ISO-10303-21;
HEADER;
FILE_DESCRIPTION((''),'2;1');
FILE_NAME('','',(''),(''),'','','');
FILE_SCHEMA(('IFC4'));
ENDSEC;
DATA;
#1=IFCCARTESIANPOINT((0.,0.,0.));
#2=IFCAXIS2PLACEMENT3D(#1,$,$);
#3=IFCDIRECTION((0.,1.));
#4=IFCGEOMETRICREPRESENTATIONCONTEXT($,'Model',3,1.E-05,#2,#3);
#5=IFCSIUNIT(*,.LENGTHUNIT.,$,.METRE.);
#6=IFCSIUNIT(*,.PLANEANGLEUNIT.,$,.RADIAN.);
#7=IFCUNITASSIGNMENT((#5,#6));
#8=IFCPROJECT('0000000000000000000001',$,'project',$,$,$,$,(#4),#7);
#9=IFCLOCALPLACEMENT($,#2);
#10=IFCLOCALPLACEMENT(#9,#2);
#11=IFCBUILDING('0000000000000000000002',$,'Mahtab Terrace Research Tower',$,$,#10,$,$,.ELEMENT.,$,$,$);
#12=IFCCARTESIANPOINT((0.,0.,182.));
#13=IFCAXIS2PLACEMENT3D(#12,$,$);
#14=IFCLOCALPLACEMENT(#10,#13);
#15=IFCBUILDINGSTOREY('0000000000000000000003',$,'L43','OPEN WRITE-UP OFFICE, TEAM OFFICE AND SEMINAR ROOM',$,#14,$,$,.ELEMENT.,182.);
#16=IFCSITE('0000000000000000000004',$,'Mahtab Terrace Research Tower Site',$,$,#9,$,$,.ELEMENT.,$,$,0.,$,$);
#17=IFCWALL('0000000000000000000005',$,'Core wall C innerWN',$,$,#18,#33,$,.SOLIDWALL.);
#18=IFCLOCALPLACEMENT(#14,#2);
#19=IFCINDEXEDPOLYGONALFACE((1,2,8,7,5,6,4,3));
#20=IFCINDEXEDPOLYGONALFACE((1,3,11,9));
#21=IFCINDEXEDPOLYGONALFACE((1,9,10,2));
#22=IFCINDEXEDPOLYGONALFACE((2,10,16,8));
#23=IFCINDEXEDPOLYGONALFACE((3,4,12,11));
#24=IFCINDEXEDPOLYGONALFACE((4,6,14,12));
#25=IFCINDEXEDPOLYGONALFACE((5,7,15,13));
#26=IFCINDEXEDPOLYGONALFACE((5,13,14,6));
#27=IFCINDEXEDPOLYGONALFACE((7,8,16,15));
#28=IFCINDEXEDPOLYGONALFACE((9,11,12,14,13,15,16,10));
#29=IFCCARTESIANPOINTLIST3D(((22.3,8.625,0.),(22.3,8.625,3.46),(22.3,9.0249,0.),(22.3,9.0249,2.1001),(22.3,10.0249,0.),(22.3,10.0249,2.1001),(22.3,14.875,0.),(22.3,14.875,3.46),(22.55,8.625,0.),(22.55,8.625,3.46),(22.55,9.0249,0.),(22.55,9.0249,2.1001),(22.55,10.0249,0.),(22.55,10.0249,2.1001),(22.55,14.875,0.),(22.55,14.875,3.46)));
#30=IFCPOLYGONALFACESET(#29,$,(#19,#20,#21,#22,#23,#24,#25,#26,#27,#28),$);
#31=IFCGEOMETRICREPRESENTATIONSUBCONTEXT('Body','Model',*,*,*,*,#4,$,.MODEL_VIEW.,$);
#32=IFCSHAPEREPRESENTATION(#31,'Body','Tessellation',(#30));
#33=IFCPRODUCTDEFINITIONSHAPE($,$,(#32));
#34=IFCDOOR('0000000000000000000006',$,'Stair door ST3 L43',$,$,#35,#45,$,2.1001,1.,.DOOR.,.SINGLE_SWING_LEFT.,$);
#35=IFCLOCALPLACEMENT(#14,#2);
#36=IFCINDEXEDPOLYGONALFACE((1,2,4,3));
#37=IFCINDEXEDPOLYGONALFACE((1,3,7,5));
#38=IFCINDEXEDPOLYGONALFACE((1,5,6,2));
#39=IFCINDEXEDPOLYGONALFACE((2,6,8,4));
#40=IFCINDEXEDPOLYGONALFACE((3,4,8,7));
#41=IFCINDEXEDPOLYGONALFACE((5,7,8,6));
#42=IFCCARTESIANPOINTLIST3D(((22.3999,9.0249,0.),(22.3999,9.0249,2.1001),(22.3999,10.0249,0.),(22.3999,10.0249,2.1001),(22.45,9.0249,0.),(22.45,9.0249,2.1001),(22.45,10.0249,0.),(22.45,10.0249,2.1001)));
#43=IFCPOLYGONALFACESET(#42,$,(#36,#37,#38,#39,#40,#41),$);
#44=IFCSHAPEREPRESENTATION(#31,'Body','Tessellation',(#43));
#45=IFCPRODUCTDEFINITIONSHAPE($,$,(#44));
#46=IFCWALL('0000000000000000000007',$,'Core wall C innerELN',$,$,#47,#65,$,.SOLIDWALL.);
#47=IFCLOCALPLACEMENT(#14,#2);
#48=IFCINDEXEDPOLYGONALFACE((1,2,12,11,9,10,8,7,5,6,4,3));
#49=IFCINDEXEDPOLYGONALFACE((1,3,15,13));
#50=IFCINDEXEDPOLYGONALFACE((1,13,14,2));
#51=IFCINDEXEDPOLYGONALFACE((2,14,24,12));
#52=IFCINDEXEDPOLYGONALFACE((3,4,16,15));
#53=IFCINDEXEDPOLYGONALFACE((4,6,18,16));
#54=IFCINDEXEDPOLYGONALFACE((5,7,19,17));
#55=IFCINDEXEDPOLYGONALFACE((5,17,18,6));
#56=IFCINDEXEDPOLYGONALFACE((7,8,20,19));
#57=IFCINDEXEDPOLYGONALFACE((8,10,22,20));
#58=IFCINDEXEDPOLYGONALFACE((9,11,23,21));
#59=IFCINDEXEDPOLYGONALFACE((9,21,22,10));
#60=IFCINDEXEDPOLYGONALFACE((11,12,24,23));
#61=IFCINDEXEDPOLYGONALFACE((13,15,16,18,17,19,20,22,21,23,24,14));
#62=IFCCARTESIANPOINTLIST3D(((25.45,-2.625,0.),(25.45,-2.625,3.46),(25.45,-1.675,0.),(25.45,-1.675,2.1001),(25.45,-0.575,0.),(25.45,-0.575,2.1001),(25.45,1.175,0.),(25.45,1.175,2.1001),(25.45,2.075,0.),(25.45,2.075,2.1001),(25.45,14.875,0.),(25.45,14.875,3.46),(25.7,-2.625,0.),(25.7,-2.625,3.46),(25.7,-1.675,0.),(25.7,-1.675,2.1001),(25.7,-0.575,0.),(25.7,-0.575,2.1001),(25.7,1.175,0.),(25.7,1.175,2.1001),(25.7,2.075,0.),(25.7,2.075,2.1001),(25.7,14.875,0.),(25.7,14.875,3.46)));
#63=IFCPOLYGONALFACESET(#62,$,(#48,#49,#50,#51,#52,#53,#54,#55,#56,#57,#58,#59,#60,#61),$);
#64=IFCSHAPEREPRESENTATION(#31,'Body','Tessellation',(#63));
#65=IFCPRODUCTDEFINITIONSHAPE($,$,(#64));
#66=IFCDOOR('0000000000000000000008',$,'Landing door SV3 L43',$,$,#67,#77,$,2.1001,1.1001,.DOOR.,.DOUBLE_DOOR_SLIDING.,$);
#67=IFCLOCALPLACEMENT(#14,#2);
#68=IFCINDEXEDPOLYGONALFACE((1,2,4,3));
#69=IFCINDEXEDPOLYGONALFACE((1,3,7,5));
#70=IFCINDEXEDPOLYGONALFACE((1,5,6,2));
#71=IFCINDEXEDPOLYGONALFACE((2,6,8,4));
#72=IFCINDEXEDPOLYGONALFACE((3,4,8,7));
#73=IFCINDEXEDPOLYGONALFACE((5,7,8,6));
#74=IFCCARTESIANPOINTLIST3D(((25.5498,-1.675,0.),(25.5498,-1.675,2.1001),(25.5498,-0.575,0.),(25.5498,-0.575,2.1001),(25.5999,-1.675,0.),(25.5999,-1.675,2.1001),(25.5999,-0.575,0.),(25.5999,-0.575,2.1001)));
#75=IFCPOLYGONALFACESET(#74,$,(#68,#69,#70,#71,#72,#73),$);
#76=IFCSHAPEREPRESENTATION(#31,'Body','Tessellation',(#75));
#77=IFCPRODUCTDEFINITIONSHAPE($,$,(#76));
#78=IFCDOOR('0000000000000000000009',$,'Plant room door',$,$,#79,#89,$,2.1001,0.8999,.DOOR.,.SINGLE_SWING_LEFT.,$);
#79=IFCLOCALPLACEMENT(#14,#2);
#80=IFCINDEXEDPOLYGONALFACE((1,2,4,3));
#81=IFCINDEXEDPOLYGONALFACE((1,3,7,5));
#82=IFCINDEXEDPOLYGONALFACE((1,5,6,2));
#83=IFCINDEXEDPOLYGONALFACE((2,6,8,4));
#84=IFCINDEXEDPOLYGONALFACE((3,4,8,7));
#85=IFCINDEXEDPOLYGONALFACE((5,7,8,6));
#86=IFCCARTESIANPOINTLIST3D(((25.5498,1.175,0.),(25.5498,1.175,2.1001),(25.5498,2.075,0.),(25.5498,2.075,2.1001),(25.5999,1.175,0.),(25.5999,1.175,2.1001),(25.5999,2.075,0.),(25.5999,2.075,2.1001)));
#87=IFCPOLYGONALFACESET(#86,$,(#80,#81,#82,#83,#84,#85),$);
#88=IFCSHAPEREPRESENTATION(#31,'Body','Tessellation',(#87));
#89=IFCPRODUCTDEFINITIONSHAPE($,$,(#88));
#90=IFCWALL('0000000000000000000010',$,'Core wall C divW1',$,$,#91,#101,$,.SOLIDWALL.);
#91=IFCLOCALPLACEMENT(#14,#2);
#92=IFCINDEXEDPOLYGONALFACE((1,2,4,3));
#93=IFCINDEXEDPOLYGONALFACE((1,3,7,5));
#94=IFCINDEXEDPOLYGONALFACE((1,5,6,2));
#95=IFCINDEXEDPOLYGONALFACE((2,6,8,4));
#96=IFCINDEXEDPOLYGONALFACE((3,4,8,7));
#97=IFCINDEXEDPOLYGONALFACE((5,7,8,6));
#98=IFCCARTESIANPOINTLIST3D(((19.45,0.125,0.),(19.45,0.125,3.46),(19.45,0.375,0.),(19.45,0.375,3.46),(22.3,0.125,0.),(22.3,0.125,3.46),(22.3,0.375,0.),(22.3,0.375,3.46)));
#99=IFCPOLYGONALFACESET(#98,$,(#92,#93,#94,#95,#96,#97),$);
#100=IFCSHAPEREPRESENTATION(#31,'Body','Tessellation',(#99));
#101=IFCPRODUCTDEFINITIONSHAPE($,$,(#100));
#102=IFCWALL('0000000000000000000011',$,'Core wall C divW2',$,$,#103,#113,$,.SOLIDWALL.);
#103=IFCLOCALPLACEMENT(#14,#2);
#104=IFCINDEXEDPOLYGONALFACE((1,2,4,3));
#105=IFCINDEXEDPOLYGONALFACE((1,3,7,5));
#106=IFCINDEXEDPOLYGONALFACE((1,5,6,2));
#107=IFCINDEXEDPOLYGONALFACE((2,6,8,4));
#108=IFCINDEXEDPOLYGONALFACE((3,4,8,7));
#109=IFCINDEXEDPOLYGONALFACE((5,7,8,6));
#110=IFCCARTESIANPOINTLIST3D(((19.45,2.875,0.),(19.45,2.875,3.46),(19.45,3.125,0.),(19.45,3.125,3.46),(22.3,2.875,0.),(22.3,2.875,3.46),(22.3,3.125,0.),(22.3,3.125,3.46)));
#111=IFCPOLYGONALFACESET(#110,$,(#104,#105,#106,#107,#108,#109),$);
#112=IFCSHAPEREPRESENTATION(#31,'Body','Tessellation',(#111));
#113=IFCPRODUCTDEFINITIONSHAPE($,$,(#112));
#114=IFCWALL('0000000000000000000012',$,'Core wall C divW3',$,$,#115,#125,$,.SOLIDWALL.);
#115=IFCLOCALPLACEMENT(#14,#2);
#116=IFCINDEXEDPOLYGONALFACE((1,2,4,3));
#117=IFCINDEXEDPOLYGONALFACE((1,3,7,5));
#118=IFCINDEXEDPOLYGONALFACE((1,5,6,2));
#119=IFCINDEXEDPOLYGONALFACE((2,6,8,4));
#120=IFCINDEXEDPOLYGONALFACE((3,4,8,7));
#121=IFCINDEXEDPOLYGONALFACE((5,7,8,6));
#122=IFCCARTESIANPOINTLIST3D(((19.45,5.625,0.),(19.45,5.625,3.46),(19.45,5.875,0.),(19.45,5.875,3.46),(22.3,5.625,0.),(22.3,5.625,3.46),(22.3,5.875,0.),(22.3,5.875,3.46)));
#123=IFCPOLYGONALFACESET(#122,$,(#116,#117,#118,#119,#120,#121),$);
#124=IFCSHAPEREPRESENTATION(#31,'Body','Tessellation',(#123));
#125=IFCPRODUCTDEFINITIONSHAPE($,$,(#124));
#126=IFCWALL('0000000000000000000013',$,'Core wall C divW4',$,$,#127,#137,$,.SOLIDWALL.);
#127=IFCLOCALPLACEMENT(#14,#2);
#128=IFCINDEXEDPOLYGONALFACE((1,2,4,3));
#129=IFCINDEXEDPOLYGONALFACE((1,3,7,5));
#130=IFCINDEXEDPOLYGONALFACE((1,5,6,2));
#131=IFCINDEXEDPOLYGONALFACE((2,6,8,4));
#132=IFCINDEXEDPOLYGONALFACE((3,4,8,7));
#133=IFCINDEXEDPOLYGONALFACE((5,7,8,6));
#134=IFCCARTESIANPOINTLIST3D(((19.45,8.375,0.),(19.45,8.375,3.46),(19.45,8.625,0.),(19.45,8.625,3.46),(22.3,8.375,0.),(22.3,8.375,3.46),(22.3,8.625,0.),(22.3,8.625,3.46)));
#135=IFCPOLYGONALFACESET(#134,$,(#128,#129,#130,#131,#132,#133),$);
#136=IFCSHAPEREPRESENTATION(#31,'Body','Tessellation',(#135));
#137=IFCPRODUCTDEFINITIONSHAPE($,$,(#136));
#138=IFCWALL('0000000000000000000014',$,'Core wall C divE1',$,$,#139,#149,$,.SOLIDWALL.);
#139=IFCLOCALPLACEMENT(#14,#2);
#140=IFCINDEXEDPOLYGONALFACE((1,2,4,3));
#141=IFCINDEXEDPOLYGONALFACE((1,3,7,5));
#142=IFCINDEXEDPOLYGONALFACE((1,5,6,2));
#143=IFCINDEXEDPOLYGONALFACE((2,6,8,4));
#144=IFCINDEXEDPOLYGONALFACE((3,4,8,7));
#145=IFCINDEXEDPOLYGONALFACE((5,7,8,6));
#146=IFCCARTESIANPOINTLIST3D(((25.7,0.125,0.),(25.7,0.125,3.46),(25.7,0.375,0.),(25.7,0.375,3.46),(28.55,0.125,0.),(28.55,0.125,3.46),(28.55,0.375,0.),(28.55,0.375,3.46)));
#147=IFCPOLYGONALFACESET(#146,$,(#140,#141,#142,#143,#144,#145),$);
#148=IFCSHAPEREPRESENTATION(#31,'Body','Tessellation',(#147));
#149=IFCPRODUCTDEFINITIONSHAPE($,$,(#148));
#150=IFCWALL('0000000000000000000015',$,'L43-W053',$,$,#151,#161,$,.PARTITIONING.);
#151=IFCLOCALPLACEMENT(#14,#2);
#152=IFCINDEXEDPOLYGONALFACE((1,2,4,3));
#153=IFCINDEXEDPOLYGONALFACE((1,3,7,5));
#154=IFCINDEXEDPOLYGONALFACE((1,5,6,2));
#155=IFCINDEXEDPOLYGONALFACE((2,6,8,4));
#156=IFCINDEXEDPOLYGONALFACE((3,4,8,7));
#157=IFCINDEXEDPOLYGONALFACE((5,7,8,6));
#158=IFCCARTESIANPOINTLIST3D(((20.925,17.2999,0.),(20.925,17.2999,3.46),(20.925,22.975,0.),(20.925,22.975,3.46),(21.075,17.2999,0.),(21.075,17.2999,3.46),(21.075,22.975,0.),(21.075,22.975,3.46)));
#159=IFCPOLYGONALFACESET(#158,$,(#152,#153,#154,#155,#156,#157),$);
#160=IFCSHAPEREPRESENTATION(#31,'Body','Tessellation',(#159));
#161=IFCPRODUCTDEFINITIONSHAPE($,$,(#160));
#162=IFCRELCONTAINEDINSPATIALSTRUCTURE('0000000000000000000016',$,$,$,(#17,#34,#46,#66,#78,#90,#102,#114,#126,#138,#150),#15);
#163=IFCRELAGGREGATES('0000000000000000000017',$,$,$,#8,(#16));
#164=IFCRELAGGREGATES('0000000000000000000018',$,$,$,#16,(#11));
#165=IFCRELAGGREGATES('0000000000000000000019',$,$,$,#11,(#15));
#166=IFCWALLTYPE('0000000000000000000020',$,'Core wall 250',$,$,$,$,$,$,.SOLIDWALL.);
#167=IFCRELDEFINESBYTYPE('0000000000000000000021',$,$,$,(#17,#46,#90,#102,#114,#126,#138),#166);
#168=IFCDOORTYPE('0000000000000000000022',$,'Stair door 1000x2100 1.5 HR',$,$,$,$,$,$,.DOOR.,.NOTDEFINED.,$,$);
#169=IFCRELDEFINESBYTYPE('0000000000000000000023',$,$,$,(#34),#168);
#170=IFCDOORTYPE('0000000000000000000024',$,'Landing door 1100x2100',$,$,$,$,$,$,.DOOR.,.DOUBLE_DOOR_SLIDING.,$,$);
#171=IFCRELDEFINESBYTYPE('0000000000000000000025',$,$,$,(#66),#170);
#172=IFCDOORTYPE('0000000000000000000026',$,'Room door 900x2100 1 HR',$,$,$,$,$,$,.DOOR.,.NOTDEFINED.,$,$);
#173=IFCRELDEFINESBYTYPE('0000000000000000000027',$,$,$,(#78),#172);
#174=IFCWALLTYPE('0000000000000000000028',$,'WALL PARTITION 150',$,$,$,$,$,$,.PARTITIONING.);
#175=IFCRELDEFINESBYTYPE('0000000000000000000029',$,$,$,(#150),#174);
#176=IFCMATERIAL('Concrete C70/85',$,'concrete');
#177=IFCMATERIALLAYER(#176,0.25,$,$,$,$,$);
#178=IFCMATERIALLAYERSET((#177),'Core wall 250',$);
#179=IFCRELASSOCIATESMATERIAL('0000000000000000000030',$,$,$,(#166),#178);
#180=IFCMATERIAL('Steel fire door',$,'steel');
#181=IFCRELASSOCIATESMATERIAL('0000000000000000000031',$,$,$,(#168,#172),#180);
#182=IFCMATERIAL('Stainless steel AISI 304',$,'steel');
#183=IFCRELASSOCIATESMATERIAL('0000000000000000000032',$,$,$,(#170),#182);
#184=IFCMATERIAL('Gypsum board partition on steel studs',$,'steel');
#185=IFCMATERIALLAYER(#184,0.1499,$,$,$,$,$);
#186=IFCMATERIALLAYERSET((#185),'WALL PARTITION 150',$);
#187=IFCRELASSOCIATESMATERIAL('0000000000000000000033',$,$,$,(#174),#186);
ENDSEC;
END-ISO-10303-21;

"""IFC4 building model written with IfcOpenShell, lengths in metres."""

from ifc_helpers import new_model, si_unit, direction, frame, frame_2d, origin, place, context, subcontext, project, spatial, rectangle, extrude, material, layer, layer_set, type_object, element, fill, save


model = new_model("IFC4")

# Units and contexts
model_context = context("Model", 3, precision=1e-05, world=origin(), true_north=direction((0.0, 1.0)))
body_context = subcontext(model_context, "Body", "Model", "MODEL_VIEW")
ifc_project = project(units=[si_unit("LENGTHUNIT", "METRE"), si_unit("PLANEANGLEUNIT", "RADIAN")], contexts=[model_context])

# Site, building, storey
site_placement = place(None, origin())
site = spatial("IfcSite", under=ifc_project, at=site_placement, Name="Mahtab Terrace Research Tower Site", CompositionType="ELEMENT", RefElevation=0.0)
building_placement = place(site_placement, origin())
building = spatial("IfcBuilding", under=site, at=building_placement, Name="Mahtab Terrace Research Tower", CompositionType="ELEMENT")
storey_placement = place(building_placement, frame((0.0, 0.0, 182.0)))
storey = spatial("IfcBuildingStorey", under=building, at=storey_placement, Name="L43", Description="OPEN WRITE-UP OFFICE, TEAM OFFICE AND SEMINAR ROOM", CompositionType="ELEMENT", Elevation=182.0)

# Shared definitions
ifc_material_1 = material(Name="Concrete C70/85", Category="concrete")

# Shared definitions
ifc_layer_1 = layer(ifc_material_1, 0.25)
ifc_layer_set_1 = layer_set([ifc_layer_1], Name="Core wall 250")
wall_type_1 = type_object("IfcWallType", Name="Core wall 250", PredefinedType="SOLIDWALL", material=ifc_layer_set_1)

# Wall, opening, door
ifc_material_2 = material(Name="Steel fire door", Category="steel")
wall_1_placement = place(storey_placement, frame((22.425, 14.875, 0.0), z_axis=(0.0, 0.0, 1.0), x_axis=(0.0, -1.0, 0.0)))
wall_1 = element("IfcWall", 1, at=wall_1_placement, inside=storey, type_object=wall_type_1, Name="Core wall C innerWN", PredefinedType="SOLIDWALL", context=body_context, shape_type="SweptSolid", body=[
    extrude(rectangle(XDim=6.25, YDim=0.25, at=frame_2d((3.125, 0.0))), origin(), (0.0, 0.0, 1.0), 3.46),
])
opening_1_placement = place(wall_1_placement, frame((4.8501, 0.0, 0.0)))
opening_1 = element("IfcOpeningElement", 2, at=opening_1_placement, cuts=wall_1, PredefinedType="OPENING", context=body_context, shape_type="SweptSolid", body=[
    extrude(rectangle(XDim=1.0, YDim=2.1001, at=frame_2d((0.5, 1.05))), frame((0.0, 0.135, 0.0), z_axis=(0.0, -1.0, 0.0), x_axis=(1.0, 0.0, 0.0)), (0.0, 0.0, 1.0), 0.27),
])
door_type_1 = type_object("IfcDoorType", Name="Stair door 1000x2100 1.5 HR", OperationType="NOTDEFINED", PredefinedType="DOOR", material=ifc_material_2)
door_1_placement = place(opening_1_placement, origin())
door_1 = element("IfcDoor", 3, at=door_1_placement, inside=storey, type_object=door_type_1, Name="Stair door ST3 L43", OperationType="SINGLE_SWING_LEFT", OverallHeight=2.1001, OverallWidth=1.0, PredefinedType="DOOR", context=body_context, shape_type="SweptSolid", body=[
    extrude(rectangle(XDim=1.0, YDim=2.1001, at=frame_2d((0.5, 1.05))), frame((0.0, 0.0249, 0.0), z_axis=(0.0, -1.0, 0.0), x_axis=(1.0, 0.0, 0.0)), (0.0, 0.0, 1.0), 0.05),
])
fill(opening_1, door_1)

# Wall, openings, doors
wall_2_placement = place(storey_placement, frame((25.575, 14.875, 0.0), z_axis=(0.0, 0.0, 1.0), x_axis=(0.0, -1.0, 0.0)))
wall_2 = element("IfcWall", 4, at=wall_2_placement, inside=storey, type_object=wall_type_1, Name="Core wall C innerELN", PredefinedType="SOLIDWALL", context=body_context, shape_type="SweptSolid", body=[
    extrude(rectangle(XDim=17.5, YDim=0.25, at=frame_2d((8.75, 0.0))), origin(), (0.0, 0.0, 1.0), 3.46),
])
opening_2_placement = place(wall_2_placement, frame((15.45, 0.0, 0.0)))
opening_2 = element("IfcOpeningElement", 5, at=opening_2_placement, cuts=wall_2, PredefinedType="OPENING", context=body_context, shape_type="SweptSolid", body=[
    extrude(rectangle(XDim=1.1001, YDim=2.1001, at=frame_2d((0.55, 1.05))), frame((0.0, 0.135, 0.0), z_axis=(0.0, -1.0, 0.0), x_axis=(1.0, 0.0, 0.0)), (0.0, 0.0, 1.0), 0.27),
])
opening_3_placement = place(wall_2_placement, frame((12.8, 0.0, 0.0)))
opening_3 = element("IfcOpeningElement", 6, at=opening_3_placement, cuts=wall_2, PredefinedType="OPENING", context=body_context, shape_type="SweptSolid", body=[
    extrude(rectangle(XDim=0.8999, YDim=2.1001, at=frame_2d((0.45, 1.05))), frame((0.0, 0.135, 0.0), z_axis=(0.0, -1.0, 0.0), x_axis=(1.0, 0.0, 0.0)), (0.0, 0.0, 1.0), 0.27),
])
ifc_material_3 = material(Name="Stainless steel AISI 304", Category="steel")
door_type_2 = type_object("IfcDoorType", Name="Landing door 1100x2100", OperationType="DOUBLE_DOOR_SLIDING", PredefinedType="DOOR", material=ifc_material_3)
door_2_placement = place(opening_2_placement, origin())
door_2 = element("IfcDoor", 7, at=door_2_placement, inside=storey, type_object=door_type_2, Name="Landing door SV3 L43", OperationType="DOUBLE_DOOR_SLIDING", OverallHeight=2.1001, OverallWidth=1.1001, PredefinedType="DOOR", context=body_context, shape_type="SweptSolid", body=[
    extrude(rectangle(XDim=1.1001, YDim=2.1001, at=frame_2d((0.55, 1.05))), frame((0.0, 0.0249, 0.0), z_axis=(0.0, -1.0, 0.0), x_axis=(1.0, 0.0, 0.0)), (0.0, 0.0, 1.0), 0.05),
])
fill(opening_2, door_2)
door_type_3 = type_object("IfcDoorType", Name="Room door 900x2100 1 HR", OperationType="NOTDEFINED", PredefinedType="DOOR", material=ifc_material_2)
door_3_placement = place(opening_3_placement, origin())
door_3 = element("IfcDoor", 8, at=door_3_placement, inside=storey, type_object=door_type_3, Name="Plant room door", OperationType="SINGLE_SWING_LEFT", OverallHeight=2.1001, OverallWidth=0.8999, PredefinedType="DOOR", context=body_context, shape_type="SweptSolid", body=[
    extrude(rectangle(XDim=0.8999, YDim=2.1001, at=frame_2d((0.45, 1.05))), frame((0.0, 0.0249, 0.0), z_axis=(0.0, -1.0, 0.0), x_axis=(1.0, 0.0, 0.0)), (0.0, 0.0, 1.0), 0.05),
])
fill(opening_3, door_3)

# Walls
for number, where, z_axis, x_axis, name in (
    (9, (19.45, 0.25, 0.0), (0.0, 0.0, 1.0), (1.0, 0.0, 0.0), "Core wall C divW1"),
    (10, (19.45, 3.0, 0.0), (0.0, 0.0, 1.0), (1.0, 0.0, 0.0), "Core wall C divW2"),
    (11, (19.45, 5.75, 0.0), (0.0, 0.0, 1.0), (1.0, 0.0, 0.0), "Core wall C divW3"),
    (12, (19.45, 8.5, 0.0), (0.0, 0.0, 1.0), (1.0, 0.0, 0.0), "Core wall C divW4"),
    (13, (25.7, 0.25, 0.0), (0.0, 0.0, 1.0), (1.0, 0.0, 0.0), "Core wall C divE1"),
):
    element("IfcWall", number, at=place(storey_placement, frame(where, z_axis=z_axis, x_axis=x_axis)), inside=storey, type_object=wall_type_1, Name=name, PredefinedType="SOLIDWALL", context=body_context, shape_type="SweptSolid", body=[
        extrude(rectangle(XDim=2.8501, YDim=0.25, at=frame_2d((1.425, 0.0))), origin(), (0.0, 0.0, 1.0), 3.46),
    ])
ifc_material_4 = material(Name="Gypsum board partition on steel studs", Category="steel")
ifc_layer_2 = layer(ifc_material_4, 0.1499)
ifc_layer_set_2 = layer_set([ifc_layer_2], Name="WALL PARTITION 150")
wall_type_2 = type_object("IfcWallType", Name="WALL PARTITION 150", PredefinedType="PARTITIONING", material=ifc_layer_set_2)
wall_3_placement = place(storey_placement, frame((21.0, 17.3, 0.0), z_axis=(0.0, 0.0, 1.0), x_axis=(0.0, 1.0, 0.0)))
element("IfcWall", 14, at=wall_3_placement, inside=storey, type_object=wall_type_2, Name="L43-W053", PredefinedType="PARTITIONING", context=body_context, shape_type="SweptSolid", body=[
    extrude(rectangle(XDim=5.675, YDim=0.1499, at=frame_2d((2.8374, 0.0))), origin(), (0.0, 0.0, 1.0), 3.46),
])

save(model, "model.ifc")
